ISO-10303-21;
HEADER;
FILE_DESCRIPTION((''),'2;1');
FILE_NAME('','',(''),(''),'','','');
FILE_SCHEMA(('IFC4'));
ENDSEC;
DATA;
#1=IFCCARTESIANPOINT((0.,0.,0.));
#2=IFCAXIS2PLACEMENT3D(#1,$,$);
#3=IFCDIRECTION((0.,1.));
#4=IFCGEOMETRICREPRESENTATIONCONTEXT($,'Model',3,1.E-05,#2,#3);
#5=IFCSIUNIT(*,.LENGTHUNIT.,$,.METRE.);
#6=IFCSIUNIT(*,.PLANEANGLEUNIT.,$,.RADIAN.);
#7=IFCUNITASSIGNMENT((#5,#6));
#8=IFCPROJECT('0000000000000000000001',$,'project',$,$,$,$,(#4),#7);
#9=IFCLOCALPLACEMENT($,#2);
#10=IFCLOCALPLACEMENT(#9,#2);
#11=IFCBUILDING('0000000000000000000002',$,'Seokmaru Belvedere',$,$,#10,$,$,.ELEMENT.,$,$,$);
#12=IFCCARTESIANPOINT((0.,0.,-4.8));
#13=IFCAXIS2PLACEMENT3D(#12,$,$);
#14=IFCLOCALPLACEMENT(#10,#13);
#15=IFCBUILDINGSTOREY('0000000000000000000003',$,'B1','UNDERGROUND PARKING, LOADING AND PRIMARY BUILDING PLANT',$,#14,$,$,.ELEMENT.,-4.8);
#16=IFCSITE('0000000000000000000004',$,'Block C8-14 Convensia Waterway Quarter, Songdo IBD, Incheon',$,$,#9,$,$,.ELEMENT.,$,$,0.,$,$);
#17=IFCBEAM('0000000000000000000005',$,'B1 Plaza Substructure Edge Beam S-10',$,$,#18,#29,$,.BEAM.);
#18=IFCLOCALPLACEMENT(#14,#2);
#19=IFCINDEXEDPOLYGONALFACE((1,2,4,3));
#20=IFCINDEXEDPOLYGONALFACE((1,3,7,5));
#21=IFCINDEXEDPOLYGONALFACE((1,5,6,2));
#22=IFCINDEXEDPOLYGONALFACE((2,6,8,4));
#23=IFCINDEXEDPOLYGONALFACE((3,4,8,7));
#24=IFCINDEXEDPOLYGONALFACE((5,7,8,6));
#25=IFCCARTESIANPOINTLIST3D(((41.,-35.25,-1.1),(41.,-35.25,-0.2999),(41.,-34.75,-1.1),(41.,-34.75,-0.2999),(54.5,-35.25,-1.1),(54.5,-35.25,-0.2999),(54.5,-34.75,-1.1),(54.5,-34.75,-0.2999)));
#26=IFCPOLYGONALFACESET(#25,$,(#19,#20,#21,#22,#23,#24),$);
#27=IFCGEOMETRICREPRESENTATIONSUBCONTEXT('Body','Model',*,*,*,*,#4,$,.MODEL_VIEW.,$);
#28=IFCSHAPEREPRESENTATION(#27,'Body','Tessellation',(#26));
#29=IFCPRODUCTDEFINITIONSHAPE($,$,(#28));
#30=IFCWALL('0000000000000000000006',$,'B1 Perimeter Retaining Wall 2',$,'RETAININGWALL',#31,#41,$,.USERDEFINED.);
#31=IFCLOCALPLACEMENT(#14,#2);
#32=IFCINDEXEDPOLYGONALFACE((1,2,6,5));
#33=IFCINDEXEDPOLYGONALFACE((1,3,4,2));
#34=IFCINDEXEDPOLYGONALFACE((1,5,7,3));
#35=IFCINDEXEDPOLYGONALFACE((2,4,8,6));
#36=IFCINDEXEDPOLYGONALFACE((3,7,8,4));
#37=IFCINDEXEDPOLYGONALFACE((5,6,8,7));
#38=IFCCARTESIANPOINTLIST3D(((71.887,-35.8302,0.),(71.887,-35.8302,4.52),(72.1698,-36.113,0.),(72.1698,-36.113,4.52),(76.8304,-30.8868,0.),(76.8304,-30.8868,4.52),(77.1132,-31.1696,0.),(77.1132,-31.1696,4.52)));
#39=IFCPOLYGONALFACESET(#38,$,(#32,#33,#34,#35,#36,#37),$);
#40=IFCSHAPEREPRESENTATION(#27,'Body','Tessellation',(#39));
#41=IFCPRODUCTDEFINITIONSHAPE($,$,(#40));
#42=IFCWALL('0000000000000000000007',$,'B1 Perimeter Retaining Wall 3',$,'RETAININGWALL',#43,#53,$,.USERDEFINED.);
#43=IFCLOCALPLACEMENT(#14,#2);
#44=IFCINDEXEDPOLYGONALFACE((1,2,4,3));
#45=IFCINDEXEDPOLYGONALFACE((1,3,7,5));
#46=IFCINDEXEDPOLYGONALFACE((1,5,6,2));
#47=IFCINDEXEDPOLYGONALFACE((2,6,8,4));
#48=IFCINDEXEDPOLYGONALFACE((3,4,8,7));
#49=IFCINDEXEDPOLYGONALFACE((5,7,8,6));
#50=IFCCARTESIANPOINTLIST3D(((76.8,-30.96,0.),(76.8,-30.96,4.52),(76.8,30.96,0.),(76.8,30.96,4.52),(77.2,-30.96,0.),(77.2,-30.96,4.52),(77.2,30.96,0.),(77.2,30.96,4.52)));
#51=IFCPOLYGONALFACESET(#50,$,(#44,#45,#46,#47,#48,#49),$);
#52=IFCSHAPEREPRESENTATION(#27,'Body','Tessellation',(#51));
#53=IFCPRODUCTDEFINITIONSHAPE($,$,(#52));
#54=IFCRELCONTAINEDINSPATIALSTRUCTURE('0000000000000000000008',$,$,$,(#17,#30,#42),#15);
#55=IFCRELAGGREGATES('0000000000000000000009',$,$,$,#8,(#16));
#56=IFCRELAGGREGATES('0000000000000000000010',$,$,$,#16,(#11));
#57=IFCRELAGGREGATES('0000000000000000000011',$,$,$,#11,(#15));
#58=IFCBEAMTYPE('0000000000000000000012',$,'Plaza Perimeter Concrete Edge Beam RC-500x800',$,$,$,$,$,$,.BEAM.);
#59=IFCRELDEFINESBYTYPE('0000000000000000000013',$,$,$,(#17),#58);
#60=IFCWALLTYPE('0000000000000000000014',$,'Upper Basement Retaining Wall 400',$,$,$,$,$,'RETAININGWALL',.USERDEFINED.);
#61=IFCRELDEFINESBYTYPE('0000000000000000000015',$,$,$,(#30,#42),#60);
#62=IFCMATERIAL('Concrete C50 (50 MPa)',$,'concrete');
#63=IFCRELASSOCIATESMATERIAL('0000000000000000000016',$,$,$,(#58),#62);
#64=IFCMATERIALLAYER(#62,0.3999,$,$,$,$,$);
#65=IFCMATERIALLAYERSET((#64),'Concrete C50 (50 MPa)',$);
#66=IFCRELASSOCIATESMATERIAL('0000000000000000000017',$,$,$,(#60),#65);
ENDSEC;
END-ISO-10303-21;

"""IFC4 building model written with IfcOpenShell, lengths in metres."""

from ifc_helpers import new_model, si_unit, direction, frame, frame_2d, origin, origin_2d, place, context, subcontext, project, spatial, rectangle, extrude, source, transform, mapped, material, layer, layer_set, material_profile, profile_set, type_object, element, save


model = new_model("IFC4")

# Units and contexts
model_context = context("Model", 3, precision=1e-05, world=origin(), true_north=direction((0.0, 1.0)))
body_context = subcontext(model_context, "Body", "Model", "MODEL_VIEW")
ifc_project = project(units=[si_unit("LENGTHUNIT", "METRE"), si_unit("PLANEANGLEUNIT", "RADIAN")], contexts=[model_context])

# Site, building, storey
site_placement = place(None, origin())
site = spatial("IfcSite", under=ifc_project, at=site_placement, Name="Block C8-14 Convensia Waterway Quarter, Songdo IBD, Incheon", CompositionType="ELEMENT", RefElevation=0.0)
building_placement = place(site_placement, origin())
building = spatial("IfcBuilding", under=site, at=building_placement, Name="Seokmaru Belvedere", CompositionType="ELEMENT")
storey_placement = place(building_placement, frame((0.0, 0.0, -4.8)))
storey = spatial("IfcBuildingStorey", under=building, at=storey_placement, Name="B1", Description="UNDERGROUND PARKING, LOADING AND PRIMARY BUILDING PLANT", CompositionType="ELEMENT", Elevation=-4.8)

# Shared definitions
ifc_material_1 = material(Name="Concrete C50 (50 MPa)", Category="concrete")

# Beam
ifc_material_profile_1 = material_profile(ifc_material_1, rectangle(XDim=0.5, YDim=0.8, at=origin_2d()), Name="RC-500x800")
ifc_profile_set_1 = profile_set([ifc_material_profile_1], Name="Concrete C50 (50 MPa)")
beam_type_1 = type_object("IfcBeamType", Name="Plaza Perimeter Concrete Edge Beam RC-500x800", PredefinedType="BEAM", material=ifc_profile_set_1)
shared_shape_1 = source(origin(), body_context, "Body", "SweptSolid", [
    extrude(rectangle(XDim=0.5, YDim=0.8, at=origin_2d()), origin(), (0.0, 0.0, 1.0), 13.5),
])
beam_1_placement = place(storey_placement, frame((41.0, -35.0, -0.7), z_axis=(1.0, 0.0, 0.0), x_axis=(0.0, 1.0, 0.0)))
element("IfcBeam", 1, at=beam_1_placement, inside=storey, type_object=beam_type_1, Name="B1 Plaza Substructure Edge Beam S-10", PredefinedType="BEAM", context=body_context, shape_type="MappedRepresentation", body=[
    mapped(shared_shape_1, transform((0.0, 0.0, 0.0), scale=1.0)),
])

# Walls
ifc_layer = layer(ifc_material_1, 0.3999)
ifc_layer_set = layer_set([ifc_layer], Name="Concrete C50 (50 MPa)")
wall_type = type_object("IfcWallType", Name="Upper Basement Retaining Wall 400", ElementType="RETAININGWALL", PredefinedType="USERDEFINED", material=ifc_layer_set)
wall_1_placement = place(storey_placement, frame((72.0283, -35.9717, 0.0), z_axis=(0.0, 0.0, 1.0), x_axis=(0.707107, 0.707107, 0.0)))
element("IfcWall", 2, at=wall_1_placement, inside=storey, type_object=wall_type, Name="B1 Perimeter Retaining Wall 2", ObjectType="RETAININGWALL", PredefinedType="USERDEFINED", context=body_context, shape_type="SweptSolid", body=[
    extrude(rectangle(XDim=6.991, YDim=0.3999, at=frame_2d((3.4956, 0.0))), origin(), (0.0, 0.0, 1.0), 4.52),
])
wall_2_placement = place(storey_placement, frame((77.0, -30.96, 0.0), z_axis=(0.0, 0.0, 1.0), x_axis=(0.0, 1.0, 0.0)))
element("IfcWall", 3, at=wall_2_placement, inside=storey, type_object=wall_type, Name="B1 Perimeter Retaining Wall 3", ObjectType="RETAININGWALL", PredefinedType="USERDEFINED", context=body_context, shape_type="SweptSolid", body=[
    extrude(rectangle(XDim=61.9199, YDim=0.3999, at=frame_2d((30.96, 0.0))), origin(), (0.0, 0.0, 1.0), 4.52),
])

save(model, "model.ifc")
